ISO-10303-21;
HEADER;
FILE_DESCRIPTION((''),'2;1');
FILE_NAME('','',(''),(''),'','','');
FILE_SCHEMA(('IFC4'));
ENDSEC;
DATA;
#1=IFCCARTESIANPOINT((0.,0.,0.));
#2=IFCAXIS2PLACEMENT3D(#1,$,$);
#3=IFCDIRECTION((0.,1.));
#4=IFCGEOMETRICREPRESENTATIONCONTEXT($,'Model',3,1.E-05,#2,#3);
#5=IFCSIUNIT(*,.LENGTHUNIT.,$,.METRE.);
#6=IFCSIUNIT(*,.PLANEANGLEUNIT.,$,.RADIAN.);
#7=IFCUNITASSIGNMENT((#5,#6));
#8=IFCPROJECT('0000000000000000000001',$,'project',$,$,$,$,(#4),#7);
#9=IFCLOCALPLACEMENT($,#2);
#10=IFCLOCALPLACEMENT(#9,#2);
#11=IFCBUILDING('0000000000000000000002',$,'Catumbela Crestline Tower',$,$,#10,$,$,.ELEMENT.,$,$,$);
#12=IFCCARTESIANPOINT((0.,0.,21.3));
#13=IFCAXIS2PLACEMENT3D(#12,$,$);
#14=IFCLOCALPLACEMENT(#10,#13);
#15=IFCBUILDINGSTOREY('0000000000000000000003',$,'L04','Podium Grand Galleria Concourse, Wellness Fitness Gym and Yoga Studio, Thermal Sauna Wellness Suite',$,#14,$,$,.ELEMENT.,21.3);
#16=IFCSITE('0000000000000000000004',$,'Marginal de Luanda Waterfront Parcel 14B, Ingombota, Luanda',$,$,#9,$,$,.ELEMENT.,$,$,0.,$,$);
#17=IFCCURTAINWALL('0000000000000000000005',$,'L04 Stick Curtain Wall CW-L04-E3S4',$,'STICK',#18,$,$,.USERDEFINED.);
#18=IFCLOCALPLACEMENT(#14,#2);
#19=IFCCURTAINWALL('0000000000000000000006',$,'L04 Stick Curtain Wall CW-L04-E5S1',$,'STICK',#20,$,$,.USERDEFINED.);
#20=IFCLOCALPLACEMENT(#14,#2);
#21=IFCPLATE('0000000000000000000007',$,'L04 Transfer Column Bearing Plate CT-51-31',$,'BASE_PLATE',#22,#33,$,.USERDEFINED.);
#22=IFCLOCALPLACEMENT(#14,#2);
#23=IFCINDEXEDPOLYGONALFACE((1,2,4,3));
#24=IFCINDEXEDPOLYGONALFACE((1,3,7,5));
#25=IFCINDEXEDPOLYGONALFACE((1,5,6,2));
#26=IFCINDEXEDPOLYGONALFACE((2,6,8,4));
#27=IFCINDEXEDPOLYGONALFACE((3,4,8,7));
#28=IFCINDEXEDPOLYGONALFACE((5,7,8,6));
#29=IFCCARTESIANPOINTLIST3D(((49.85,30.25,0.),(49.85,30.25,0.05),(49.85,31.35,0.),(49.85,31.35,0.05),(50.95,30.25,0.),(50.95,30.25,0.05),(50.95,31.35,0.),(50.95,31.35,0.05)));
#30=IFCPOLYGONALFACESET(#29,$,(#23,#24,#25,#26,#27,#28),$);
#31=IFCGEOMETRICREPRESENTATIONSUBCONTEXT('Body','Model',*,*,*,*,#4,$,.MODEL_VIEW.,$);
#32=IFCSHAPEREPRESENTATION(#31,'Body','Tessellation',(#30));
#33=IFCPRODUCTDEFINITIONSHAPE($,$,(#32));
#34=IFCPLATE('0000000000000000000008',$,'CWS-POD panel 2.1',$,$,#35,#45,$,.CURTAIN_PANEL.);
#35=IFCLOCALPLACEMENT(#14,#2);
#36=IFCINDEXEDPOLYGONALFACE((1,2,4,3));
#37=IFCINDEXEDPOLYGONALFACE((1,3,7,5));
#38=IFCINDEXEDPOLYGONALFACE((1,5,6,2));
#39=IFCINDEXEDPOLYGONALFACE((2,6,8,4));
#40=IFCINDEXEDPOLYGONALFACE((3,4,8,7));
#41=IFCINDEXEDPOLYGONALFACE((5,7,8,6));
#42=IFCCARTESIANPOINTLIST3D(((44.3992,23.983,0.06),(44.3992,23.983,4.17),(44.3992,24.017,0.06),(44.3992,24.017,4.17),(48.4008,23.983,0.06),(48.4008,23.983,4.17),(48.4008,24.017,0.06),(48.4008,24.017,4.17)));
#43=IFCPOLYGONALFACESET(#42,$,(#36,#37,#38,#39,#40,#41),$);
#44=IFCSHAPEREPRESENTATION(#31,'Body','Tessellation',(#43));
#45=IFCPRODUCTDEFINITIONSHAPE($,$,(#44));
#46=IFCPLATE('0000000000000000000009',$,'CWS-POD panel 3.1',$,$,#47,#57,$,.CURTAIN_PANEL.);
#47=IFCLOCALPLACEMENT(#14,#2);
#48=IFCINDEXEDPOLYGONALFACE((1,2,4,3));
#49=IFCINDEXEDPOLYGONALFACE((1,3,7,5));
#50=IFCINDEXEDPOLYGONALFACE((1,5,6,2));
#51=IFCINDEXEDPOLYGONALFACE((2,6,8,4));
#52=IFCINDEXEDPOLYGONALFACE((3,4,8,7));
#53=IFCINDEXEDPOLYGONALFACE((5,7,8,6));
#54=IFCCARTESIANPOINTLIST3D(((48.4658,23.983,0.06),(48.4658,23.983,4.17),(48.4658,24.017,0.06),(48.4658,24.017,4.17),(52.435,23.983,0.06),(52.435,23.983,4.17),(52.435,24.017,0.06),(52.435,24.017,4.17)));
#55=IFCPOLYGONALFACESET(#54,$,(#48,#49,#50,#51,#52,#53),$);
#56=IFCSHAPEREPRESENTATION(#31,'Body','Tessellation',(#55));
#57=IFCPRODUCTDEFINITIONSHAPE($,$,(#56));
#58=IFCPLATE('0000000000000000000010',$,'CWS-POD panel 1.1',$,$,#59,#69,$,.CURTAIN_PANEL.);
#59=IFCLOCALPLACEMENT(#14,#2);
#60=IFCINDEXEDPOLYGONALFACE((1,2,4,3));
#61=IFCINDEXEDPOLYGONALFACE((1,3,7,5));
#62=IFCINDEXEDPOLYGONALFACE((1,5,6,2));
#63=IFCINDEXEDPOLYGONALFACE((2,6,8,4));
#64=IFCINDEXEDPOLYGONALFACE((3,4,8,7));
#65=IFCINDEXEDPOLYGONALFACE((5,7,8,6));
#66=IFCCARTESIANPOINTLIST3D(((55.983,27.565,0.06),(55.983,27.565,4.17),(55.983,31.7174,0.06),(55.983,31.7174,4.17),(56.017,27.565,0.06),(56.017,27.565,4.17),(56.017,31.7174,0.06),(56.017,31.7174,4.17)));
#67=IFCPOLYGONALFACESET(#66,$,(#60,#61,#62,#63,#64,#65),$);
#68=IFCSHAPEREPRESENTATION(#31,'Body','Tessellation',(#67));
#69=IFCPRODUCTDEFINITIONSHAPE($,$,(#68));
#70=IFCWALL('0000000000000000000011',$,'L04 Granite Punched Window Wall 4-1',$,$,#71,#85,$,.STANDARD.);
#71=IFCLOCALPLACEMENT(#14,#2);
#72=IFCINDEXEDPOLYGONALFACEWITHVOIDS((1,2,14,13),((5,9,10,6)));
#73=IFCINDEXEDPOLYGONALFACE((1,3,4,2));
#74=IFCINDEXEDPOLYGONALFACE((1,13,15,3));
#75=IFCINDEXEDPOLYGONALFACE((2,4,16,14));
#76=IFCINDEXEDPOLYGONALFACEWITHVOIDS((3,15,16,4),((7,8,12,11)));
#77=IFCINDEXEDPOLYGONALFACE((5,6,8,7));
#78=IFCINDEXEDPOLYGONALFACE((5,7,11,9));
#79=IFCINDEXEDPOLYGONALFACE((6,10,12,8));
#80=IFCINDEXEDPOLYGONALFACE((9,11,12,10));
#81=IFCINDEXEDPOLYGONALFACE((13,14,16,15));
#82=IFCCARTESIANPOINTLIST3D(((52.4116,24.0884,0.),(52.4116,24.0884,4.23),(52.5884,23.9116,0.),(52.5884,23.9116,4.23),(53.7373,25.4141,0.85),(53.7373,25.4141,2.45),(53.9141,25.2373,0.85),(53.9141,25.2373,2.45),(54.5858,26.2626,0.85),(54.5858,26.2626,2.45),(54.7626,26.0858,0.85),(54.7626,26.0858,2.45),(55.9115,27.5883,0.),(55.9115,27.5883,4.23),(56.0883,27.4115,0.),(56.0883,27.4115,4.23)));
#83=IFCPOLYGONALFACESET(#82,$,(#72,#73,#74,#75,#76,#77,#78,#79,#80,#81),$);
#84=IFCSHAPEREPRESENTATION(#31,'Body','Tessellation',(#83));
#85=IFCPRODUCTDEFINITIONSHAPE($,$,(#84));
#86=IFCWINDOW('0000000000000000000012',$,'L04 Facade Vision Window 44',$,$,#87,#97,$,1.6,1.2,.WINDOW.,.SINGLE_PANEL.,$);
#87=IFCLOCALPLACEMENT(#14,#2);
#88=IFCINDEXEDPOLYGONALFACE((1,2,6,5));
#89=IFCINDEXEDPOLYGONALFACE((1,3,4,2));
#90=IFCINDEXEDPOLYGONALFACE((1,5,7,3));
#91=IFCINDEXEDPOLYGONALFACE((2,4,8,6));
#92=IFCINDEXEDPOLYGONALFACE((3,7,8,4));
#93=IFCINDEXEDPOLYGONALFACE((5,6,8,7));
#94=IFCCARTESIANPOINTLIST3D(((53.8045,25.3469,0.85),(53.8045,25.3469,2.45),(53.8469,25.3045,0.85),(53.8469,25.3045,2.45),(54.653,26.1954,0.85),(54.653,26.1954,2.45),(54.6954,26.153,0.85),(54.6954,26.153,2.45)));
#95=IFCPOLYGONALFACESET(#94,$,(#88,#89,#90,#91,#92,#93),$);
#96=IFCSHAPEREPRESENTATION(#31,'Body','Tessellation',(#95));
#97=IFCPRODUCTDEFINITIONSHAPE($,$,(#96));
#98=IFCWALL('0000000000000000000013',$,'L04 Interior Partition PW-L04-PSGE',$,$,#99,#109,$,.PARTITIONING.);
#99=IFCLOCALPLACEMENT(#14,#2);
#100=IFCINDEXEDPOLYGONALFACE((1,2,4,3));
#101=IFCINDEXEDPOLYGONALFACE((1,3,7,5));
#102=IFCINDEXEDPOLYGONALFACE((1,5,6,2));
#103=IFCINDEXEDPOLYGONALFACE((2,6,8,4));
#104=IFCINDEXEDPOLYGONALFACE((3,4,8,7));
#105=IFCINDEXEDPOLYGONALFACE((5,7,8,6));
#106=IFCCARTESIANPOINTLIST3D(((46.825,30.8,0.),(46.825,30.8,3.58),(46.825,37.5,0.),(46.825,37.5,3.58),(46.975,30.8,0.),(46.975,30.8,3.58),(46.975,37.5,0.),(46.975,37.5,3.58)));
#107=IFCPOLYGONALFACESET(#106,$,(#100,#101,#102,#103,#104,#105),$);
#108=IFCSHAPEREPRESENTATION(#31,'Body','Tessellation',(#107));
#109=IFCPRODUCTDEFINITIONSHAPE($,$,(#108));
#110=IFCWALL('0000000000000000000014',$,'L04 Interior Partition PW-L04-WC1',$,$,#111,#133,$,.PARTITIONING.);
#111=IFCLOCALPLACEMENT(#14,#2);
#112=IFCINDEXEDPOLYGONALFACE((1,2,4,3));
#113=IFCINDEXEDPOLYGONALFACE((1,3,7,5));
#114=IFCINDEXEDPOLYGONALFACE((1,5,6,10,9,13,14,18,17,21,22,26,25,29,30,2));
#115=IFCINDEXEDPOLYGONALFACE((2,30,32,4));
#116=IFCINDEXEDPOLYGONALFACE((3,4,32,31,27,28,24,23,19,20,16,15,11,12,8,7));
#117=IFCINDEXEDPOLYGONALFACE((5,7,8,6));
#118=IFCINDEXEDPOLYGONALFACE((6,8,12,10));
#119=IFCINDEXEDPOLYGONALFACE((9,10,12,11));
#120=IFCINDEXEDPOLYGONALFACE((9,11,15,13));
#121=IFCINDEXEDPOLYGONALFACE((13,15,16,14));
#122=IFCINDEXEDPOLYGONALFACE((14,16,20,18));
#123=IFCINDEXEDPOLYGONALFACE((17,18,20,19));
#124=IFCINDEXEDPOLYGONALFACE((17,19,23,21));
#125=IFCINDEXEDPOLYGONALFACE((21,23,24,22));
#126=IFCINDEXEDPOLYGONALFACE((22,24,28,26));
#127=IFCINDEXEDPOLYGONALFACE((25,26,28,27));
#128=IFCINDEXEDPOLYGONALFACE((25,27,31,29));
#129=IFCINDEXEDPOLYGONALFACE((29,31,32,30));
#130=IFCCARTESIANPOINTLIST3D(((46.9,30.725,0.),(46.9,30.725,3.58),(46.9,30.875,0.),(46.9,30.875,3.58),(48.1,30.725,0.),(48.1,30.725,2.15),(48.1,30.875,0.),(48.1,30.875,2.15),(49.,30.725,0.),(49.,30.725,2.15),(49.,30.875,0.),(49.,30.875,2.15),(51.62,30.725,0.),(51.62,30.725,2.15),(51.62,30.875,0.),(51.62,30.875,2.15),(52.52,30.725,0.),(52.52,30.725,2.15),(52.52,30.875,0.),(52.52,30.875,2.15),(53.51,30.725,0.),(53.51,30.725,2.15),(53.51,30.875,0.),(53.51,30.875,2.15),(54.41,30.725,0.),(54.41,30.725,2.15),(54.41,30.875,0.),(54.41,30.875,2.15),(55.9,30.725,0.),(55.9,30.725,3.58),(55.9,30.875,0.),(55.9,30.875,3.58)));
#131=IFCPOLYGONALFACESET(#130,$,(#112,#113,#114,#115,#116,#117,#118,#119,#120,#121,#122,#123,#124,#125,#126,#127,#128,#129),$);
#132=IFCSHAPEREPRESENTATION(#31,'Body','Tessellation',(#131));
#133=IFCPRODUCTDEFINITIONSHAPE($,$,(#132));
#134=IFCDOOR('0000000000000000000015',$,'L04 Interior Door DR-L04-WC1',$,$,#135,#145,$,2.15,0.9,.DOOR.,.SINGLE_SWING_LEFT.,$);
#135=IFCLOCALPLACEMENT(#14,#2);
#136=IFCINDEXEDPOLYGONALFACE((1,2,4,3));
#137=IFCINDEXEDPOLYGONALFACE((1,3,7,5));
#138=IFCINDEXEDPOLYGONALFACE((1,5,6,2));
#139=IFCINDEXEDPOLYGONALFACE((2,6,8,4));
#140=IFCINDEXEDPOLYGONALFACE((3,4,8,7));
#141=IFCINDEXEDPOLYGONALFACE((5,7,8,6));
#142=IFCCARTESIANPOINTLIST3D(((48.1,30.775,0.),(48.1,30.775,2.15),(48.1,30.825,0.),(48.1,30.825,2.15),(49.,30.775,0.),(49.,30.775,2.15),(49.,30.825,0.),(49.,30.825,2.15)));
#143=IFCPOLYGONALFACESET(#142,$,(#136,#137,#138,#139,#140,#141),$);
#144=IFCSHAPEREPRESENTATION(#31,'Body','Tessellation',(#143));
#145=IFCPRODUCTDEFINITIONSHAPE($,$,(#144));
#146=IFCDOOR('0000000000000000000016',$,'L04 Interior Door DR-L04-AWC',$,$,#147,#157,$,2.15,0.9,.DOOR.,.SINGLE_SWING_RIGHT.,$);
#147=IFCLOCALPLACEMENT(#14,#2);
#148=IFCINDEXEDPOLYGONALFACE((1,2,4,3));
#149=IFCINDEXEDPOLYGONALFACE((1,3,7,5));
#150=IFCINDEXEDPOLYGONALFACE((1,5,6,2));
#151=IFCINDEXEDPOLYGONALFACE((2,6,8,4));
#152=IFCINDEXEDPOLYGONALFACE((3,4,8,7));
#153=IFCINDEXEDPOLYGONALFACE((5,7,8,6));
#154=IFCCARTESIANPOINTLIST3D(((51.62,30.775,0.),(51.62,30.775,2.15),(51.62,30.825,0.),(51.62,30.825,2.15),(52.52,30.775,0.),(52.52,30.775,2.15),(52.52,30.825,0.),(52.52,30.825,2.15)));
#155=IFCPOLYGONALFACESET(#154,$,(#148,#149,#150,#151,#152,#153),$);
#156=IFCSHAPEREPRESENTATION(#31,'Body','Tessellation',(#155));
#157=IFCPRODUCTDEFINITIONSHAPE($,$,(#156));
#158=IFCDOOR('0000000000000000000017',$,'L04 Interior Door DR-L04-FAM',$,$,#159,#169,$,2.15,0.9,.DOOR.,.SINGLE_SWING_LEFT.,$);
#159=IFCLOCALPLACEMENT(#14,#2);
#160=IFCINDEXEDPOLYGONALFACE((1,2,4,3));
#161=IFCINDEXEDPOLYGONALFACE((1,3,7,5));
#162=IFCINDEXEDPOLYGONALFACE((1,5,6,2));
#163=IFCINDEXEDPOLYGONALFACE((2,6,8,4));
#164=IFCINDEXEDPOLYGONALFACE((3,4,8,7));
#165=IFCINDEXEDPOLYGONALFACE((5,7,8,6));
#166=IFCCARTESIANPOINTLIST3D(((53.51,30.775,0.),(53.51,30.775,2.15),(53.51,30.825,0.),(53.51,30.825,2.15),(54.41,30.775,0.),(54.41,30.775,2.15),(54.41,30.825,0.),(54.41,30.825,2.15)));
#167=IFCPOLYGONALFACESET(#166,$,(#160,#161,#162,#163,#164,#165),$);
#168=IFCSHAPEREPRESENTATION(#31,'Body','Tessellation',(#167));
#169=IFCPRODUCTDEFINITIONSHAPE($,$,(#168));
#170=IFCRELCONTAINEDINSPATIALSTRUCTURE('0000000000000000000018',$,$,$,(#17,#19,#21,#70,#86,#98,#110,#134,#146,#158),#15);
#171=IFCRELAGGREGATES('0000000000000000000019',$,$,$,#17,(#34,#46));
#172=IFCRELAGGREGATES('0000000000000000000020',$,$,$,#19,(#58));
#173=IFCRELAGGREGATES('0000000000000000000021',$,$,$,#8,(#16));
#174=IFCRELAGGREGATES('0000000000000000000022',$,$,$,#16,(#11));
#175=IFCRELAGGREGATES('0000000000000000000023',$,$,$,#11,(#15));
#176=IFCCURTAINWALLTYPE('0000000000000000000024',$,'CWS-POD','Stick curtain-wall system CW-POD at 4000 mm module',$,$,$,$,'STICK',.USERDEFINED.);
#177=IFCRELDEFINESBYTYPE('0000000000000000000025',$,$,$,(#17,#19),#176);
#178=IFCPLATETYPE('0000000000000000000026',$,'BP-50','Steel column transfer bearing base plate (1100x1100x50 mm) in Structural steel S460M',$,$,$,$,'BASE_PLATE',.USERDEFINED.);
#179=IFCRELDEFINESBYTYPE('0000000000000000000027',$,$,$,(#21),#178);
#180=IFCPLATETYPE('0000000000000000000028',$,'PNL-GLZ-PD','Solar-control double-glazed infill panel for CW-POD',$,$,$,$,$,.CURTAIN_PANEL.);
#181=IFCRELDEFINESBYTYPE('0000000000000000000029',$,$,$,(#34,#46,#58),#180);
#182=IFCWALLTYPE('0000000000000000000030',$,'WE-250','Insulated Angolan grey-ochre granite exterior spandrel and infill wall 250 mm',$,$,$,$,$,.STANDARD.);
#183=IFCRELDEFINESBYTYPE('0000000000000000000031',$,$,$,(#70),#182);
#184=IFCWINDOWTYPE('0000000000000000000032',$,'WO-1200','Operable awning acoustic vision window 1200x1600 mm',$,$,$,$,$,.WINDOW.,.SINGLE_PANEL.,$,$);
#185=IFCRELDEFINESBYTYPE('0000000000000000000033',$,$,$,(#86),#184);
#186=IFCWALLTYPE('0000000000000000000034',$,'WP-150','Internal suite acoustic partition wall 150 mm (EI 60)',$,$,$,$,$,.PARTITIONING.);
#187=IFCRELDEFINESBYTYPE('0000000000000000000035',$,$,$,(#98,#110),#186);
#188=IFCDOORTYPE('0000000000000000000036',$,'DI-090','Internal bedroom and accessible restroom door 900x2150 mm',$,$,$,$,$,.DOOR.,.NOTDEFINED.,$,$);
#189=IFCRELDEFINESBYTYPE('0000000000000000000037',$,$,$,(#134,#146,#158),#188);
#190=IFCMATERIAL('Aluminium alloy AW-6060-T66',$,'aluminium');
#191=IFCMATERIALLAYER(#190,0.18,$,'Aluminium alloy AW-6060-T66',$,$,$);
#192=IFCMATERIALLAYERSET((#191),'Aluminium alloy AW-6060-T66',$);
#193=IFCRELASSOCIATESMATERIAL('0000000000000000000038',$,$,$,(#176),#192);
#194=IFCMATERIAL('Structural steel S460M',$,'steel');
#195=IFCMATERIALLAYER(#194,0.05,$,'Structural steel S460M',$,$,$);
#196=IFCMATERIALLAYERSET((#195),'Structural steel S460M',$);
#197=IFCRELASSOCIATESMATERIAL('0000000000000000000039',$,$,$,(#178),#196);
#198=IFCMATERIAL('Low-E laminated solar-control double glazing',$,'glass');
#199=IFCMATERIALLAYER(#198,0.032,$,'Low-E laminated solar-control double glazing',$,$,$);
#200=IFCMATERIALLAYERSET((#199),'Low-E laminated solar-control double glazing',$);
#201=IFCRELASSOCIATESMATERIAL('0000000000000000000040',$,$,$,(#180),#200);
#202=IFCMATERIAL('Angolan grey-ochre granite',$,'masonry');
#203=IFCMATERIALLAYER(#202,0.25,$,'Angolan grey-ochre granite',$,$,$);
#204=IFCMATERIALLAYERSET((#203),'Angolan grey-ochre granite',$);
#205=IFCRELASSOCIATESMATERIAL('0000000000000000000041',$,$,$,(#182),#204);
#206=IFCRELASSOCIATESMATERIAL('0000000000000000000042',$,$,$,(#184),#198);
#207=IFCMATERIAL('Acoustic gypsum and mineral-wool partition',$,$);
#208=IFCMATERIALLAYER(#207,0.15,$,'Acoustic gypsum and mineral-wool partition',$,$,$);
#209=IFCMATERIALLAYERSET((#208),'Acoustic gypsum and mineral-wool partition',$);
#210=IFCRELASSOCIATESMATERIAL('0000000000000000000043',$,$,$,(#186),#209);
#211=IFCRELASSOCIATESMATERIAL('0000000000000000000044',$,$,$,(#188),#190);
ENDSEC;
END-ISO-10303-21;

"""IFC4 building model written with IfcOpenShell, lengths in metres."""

from ifc_helpers import new_model, si_unit, direction, frame, frame_2d, origin, origin_2d, place, context, subcontext, project, spatial, rectangle, extrude, material, layer, layer_set, type_object, element, fill, aggregate, save


model = new_model("IFC4")

# Units and contexts
model_context = context("Model", 3, precision=1e-05, world=origin(), true_north=direction((0.0, 1.0)))
body_context = subcontext(model_context, "Body", "Model", "MODEL_VIEW")
ifc_project = project(units=[si_unit("LENGTHUNIT", "METRE"), si_unit("PLANEANGLEUNIT", "RADIAN")], contexts=[model_context])

# Site, building, storey
site_placement = place(None, origin())
site = spatial("IfcSite", under=ifc_project, at=site_placement, Name="Marginal de Luanda Waterfront Parcel 14B, Ingombota, Luanda", CompositionType="ELEMENT", RefElevation=0.0)
building_placement = place(site_placement, origin())
building = spatial("IfcBuilding", under=site, at=building_placement, Name="Catumbela Crestline Tower", CompositionType="ELEMENT")
storey_placement = place(building_placement, frame((0.0, 0.0, 21.3)))
storey = spatial("IfcBuildingStorey", under=building, at=storey_placement, Name="L04", Description="Podium Grand Galleria Concourse, Wellness Fitness Gym and Yoga Studio, Thermal Sauna Wellness Suite", CompositionType="ELEMENT", Elevation=21.3)

# Shared definitions
ifc_material_1 = material(Name="Structural steel S460M", Category="steel")

# Curtain wall
ifc_material_2 = material(Name="Aluminium alloy AW-6060-T66", Category="aluminium")
ifc_layer_1 = layer(ifc_material_2, 0.18, Name="Aluminium alloy AW-6060-T66")
ifc_layer_set_1 = layer_set([ifc_layer_1], Name="Aluminium alloy AW-6060-T66")
curtain_wall_type = type_object("IfcCurtainWallType", Name="CWS-POD", Description="Stick curtain-wall system CW-POD at 4000 mm module", ElementType="STICK", PredefinedType="USERDEFINED", material=ifc_layer_set_1)
curtain_wall_1_placement = place(storey_placement, origin())
curtain_wall_1 = element("IfcCurtainWall", 1, at=curtain_wall_1_placement, inside=storey, type_object=curtain_wall_type, Name="L04 Stick Curtain Wall CW-L04-E3S4", ObjectType="STICK", PredefinedType="USERDEFINED")

# Curtain wall
curtain_wall_2_placement = place(storey_placement, origin())
curtain_wall_2 = element("IfcCurtainWall", 2, at=curtain_wall_2_placement, inside=storey, type_object=curtain_wall_type, Name="L04 Stick Curtain Wall CW-L04-E5S1", ObjectType="STICK", PredefinedType="USERDEFINED")

# Plates
ifc_layer_2 = layer(ifc_material_1, 0.05, Name="Structural steel S460M")
ifc_layer_set_2 = layer_set([ifc_layer_2], Name="Structural steel S460M")
plate_type_1 = type_object("IfcPlateType", Name="BP-50", Description="Steel column transfer bearing base plate (1100x1100x50 mm) in Structural steel S460M", ElementType="BASE_PLATE", PredefinedType="USERDEFINED", material=ifc_layer_set_2)
plate_1_placement = place(storey_placement, frame((50.4, 30.8, 0.0), z_axis=(0.0, 0.0, 1.0), x_axis=(1.0, 0.0, 0.0)))
element("IfcPlate", 3, at=plate_1_placement, inside=storey, type_object=plate_type_1, Name="L04 Transfer Column Bearing Plate CT-51-31", ObjectType="BASE_PLATE", PredefinedType="USERDEFINED", context=body_context, shape_type="SweptSolid", body=[
    extrude(rectangle(XDim=1.1, YDim=1.1, at=origin_2d()), origin(), (0.0, 0.0, 1.0), 0.05),
])
ifc_material_3 = material(Name="Low-E laminated solar-control double glazing", Category="glass")
ifc_layer_3 = layer(ifc_material_3, 0.032, Name="Low-E laminated solar-control double glazing")
ifc_layer_set_3 = layer_set([ifc_layer_3], Name="Low-E laminated solar-control double glazing")
plate_type_2 = type_object("IfcPlateType", Name="PNL-GLZ-PD", Description="Solar-control double-glazed infill panel for CW-POD", PredefinedType="CURTAIN_PANEL", material=ifc_layer_set_3)
plate_2_placement = place(storey_placement, frame((46.4, 24.0, 0.06), z_axis=(0.0, 0.0, 1.0), x_axis=(1.0, 0.0, 0.0)))
plate_2 = element("IfcPlate", 4, at=plate_2_placement, type_object=plate_type_2, Name="CWS-POD panel 2.1", PredefinedType="CURTAIN_PANEL", context=body_context, shape_type="SweptSolid", body=[
    extrude(rectangle(XDim=4.0017, YDim=0.034, at=origin_2d()), origin(), (0.0, 0.0, 1.0), 4.11),
])
plate_3_placement = place(storey_placement, frame((50.4504, 24.0, 0.06), z_axis=(0.0, 0.0, 1.0), x_axis=(1.0, 0.0, 0.0)))
plate_3 = element("IfcPlate", 5, at=plate_3_placement, type_object=plate_type_2, Name="CWS-POD panel 3.1", PredefinedType="CURTAIN_PANEL", context=body_context, shape_type="SweptSolid", body=[
    extrude(rectangle(XDim=3.9692, YDim=0.034, at=origin_2d()), origin(), (0.0, 0.0, 1.0), 4.11),
])
aggregate(curtain_wall_1, [plate_2, plate_3])
plate_4_placement = place(storey_placement, frame((56.0, 29.6412, 0.06), z_axis=(0.0, 0.0, 1.0), x_axis=(0.0, 1.0, 0.0)))
plate_4 = element("IfcPlate", 6, at=plate_4_placement, type_object=plate_type_2, Name="CWS-POD panel 1.1", PredefinedType="CURTAIN_PANEL", context=body_context, shape_type="SweptSolid", body=[
    extrude(rectangle(XDim=4.1525, YDim=0.034, at=origin_2d()), origin(), (0.0, 0.0, 1.0), 4.11),
])
aggregate(curtain_wall_2, [plate_4])

# Wall, opening, window
ifc_material_4 = material(Name="Angolan grey-ochre granite", Category="masonry")
ifc_layer_4 = layer(ifc_material_4, 0.25, Name="Angolan grey-ochre granite")
ifc_layer_set_4 = layer_set([ifc_layer_4], Name="Angolan grey-ochre granite")
wall_type_1 = type_object("IfcWallType", Name="WE-250", Description="Insulated Angolan grey-ochre granite exterior spandrel and infill wall 250 mm", PredefinedType="STANDARD", material=ifc_layer_set_4)
wall_1_placement = place(storey_placement, frame((52.5, 24.0, 0.0), z_axis=(0.0, 0.0, 1.0), x_axis=(0.707107, 0.707107, 0.0)))
wall_1 = element("IfcWall", 7, at=wall_1_placement, inside=storey, type_object=wall_type_1, Name="L04 Granite Punched Window Wall 4-1", PredefinedType="STANDARD", context=body_context, shape_type="SweptSolid", body=[
    extrude(rectangle(XDim=4.9497, YDim=0.25, at=frame_2d((2.4748, 0.0))), origin(), (0.0, 0.0, 1.0), 4.23),
])
opening_1_placement = place(wall_1_placement, frame((1.8748, 0.0, 0.85)))
opening_1 = element("IfcOpeningElement", 8, at=opening_1_placement, cuts=wall_1, PredefinedType="OPENING", context=body_context, shape_type="SweptSolid", body=[
    extrude(rectangle(XDim=1.2, YDim=1.6, at=frame_2d((0.6, 0.8))), frame((0.0, 0.135, 0.0), z_axis=(0.0, -1.0, 0.0), x_axis=(1.0, 0.0, 0.0)), (0.0, 0.0, 1.0), 0.27),
])
window_type = type_object("IfcWindowType", Name="WO-1200", Description="Operable awning acoustic vision window 1200x1600 mm", PartitioningType="SINGLE_PANEL", PredefinedType="WINDOW", material=ifc_material_3)
window_placement = place(opening_1_placement, origin())
window = element("IfcWindow", 9, at=window_placement, inside=storey, type_object=window_type, Name="L04 Facade Vision Window 44", OverallHeight=1.6, OverallWidth=1.2, PartitioningType="SINGLE_PANEL", PredefinedType="WINDOW", context=body_context, shape_type="SweptSolid", body=[
    extrude(rectangle(XDim=1.2, YDim=1.6, at=frame_2d((0.6, 0.8))), frame((0.0, 0.03, 0.0), z_axis=(0.0, -1.0, 0.0), x_axis=(1.0, 0.0, 0.0)), (0.0, 0.0, 1.0), 0.06),
])
fill(opening_1, window)

# Wall
ifc_material_5 = material(Name="Acoustic gypsum and mineral-wool partition")
ifc_layer_5 = layer(ifc_material_5, 0.15, Name="Acoustic gypsum and mineral-wool partition")
ifc_layer_set_5 = layer_set([ifc_layer_5], Name="Acoustic gypsum and mineral-wool partition")
wall_type_2 = type_object("IfcWallType", Name="WP-150", Description="Internal suite acoustic partition wall 150 mm (EI 60)", PredefinedType="PARTITIONING", material=ifc_layer_set_5)
wall_2_placement = place(storey_placement, frame((46.9, 30.8, 0.0), z_axis=(0.0, 0.0, 1.0), x_axis=(0.0, 1.0, 0.0)))
element("IfcWall", 10, at=wall_2_placement, inside=storey, type_object=wall_type_2, Name="L04 Interior Partition PW-L04-PSGE", PredefinedType="PARTITIONING", context=body_context, shape_type="SweptSolid", body=[
    extrude(rectangle(XDim=6.7, YDim=0.15, at=frame_2d((3.35, 0.0))), origin(), (0.0, 0.0, 1.0), 3.58),
])

# Wall, openings, doors
wall_3_placement = place(storey_placement, frame((46.9, 30.8, 0.0), z_axis=(0.0, 0.0, 1.0), x_axis=(1.0, 0.0, 0.0)))
wall_3 = element("IfcWall", 11, at=wall_3_placement, inside=storey, type_object=wall_type_2, Name="L04 Interior Partition PW-L04-WC1", PredefinedType="PARTITIONING", context=body_context, shape_type="SweptSolid", body=[
    extrude(rectangle(XDim=9.0, YDim=0.15, at=frame_2d((4.5, 0.0))), origin(), (0.0, 0.0, 1.0), 3.58),
])
opening_2_placement = place(wall_3_placement, frame((1.2, 0.0, 0.0)))
opening_2 = element("IfcOpeningElement", 12, at=opening_2_placement, cuts=wall_3, PredefinedType="OPENING", context=body_context, shape_type="SweptSolid", body=[
    extrude(rectangle(XDim=0.9, YDim=2.15, at=frame_2d((0.45, 1.075))), frame((0.0, 0.085, 0.0), z_axis=(0.0, -1.0, 0.0), x_axis=(1.0, 0.0, 0.0)), (0.0, 0.0, 1.0), 0.17),
])
opening_3_placement = place(wall_3_placement, frame((4.72, 0.0, 0.0)))
opening_3 = element("IfcOpeningElement", 13, at=opening_3_placement, cuts=wall_3, PredefinedType="OPENING", context=body_context, shape_type="SweptSolid", body=[
    extrude(rectangle(XDim=0.9, YDim=2.15, at=frame_2d((0.45, 1.075))), frame((0.0, 0.085, 0.0), z_axis=(0.0, -1.0, 0.0), x_axis=(1.0, 0.0, 0.0)), (0.0, 0.0, 1.0), 0.17),
])
opening_4_placement = place(wall_3_placement, frame((6.61, 0.0, 0.0)))
opening_4 = element("IfcOpeningElement", 14, at=opening_4_placement, cuts=wall_3, PredefinedType="OPENING", context=body_context, shape_type="SweptSolid", body=[
    extrude(rectangle(XDim=0.9, YDim=2.15, at=frame_2d((0.45, 1.075))), frame((0.0, 0.085, 0.0), z_axis=(0.0, -1.0, 0.0), x_axis=(1.0, 0.0, 0.0)), (0.0, 0.0, 1.0), 0.17),
])
door_type = type_object("IfcDoorType", Name="DI-090", Description="Internal bedroom and accessible restroom door 900x2150 mm", OperationType="NOTDEFINED", PredefinedType="DOOR", material=ifc_material_2)
door_1_placement = place(opening_2_placement, origin())
door_1 = element("IfcDoor", 15, at=door_1_placement, inside=storey, type_object=door_type, Name="L04 Interior Door DR-L04-WC1", OperationType="SINGLE_SWING_LEFT", OverallHeight=2.15, OverallWidth=0.9, PredefinedType="DOOR", context=body_context, shape_type="SweptSolid", body=[
    extrude(rectangle(XDim=0.9, YDim=2.15, at=frame_2d((0.45, 1.075))), frame((0.0, 0.025, 0.0), z_axis=(0.0, -1.0, 0.0), x_axis=(1.0, 0.0, 0.0)), (0.0, 0.0, 1.0), 0.05),
])
fill(opening_2, door_1)
door_2_placement = place(opening_3_placement, origin())
door_2 = element("IfcDoor", 16, at=door_2_placement, inside=storey, type_object=door_type, Name="L04 Interior Door DR-L04-AWC", OperationType="SINGLE_SWING_RIGHT", OverallHeight=2.15, OverallWidth=0.9, PredefinedType="DOOR", context=body_context, shape_type="SweptSolid", body=[
    extrude(rectangle(XDim=0.9, YDim=2.15, at=frame_2d((0.45, 1.075))), frame((0.0, 0.025, 0.0), z_axis=(0.0, -1.0, 0.0), x_axis=(1.0, 0.0, 0.0)), (0.0, 0.0, 1.0), 0.05),
])
fill(opening_3, door_2)
door_3_placement = place(opening_4_placement, origin())
door_3 = element("IfcDoor", 17, at=door_3_placement, inside=storey, type_object=door_type, Name="L04 Interior Door DR-L04-FAM", OperationType="SINGLE_SWING_LEFT", OverallHeight=2.15, OverallWidth=0.9, PredefinedType="DOOR", context=body_context, shape_type="SweptSolid", body=[
    extrude(rectangle(XDim=0.9, YDim=2.15, at=frame_2d((0.45, 1.075))), frame((0.0, 0.025, 0.0), z_axis=(0.0, -1.0, 0.0), x_axis=(1.0, 0.0, 0.0)), (0.0, 0.0, 1.0), 0.05),
])
fill(opening_4, door_3)

save(model, "model.ifc")
